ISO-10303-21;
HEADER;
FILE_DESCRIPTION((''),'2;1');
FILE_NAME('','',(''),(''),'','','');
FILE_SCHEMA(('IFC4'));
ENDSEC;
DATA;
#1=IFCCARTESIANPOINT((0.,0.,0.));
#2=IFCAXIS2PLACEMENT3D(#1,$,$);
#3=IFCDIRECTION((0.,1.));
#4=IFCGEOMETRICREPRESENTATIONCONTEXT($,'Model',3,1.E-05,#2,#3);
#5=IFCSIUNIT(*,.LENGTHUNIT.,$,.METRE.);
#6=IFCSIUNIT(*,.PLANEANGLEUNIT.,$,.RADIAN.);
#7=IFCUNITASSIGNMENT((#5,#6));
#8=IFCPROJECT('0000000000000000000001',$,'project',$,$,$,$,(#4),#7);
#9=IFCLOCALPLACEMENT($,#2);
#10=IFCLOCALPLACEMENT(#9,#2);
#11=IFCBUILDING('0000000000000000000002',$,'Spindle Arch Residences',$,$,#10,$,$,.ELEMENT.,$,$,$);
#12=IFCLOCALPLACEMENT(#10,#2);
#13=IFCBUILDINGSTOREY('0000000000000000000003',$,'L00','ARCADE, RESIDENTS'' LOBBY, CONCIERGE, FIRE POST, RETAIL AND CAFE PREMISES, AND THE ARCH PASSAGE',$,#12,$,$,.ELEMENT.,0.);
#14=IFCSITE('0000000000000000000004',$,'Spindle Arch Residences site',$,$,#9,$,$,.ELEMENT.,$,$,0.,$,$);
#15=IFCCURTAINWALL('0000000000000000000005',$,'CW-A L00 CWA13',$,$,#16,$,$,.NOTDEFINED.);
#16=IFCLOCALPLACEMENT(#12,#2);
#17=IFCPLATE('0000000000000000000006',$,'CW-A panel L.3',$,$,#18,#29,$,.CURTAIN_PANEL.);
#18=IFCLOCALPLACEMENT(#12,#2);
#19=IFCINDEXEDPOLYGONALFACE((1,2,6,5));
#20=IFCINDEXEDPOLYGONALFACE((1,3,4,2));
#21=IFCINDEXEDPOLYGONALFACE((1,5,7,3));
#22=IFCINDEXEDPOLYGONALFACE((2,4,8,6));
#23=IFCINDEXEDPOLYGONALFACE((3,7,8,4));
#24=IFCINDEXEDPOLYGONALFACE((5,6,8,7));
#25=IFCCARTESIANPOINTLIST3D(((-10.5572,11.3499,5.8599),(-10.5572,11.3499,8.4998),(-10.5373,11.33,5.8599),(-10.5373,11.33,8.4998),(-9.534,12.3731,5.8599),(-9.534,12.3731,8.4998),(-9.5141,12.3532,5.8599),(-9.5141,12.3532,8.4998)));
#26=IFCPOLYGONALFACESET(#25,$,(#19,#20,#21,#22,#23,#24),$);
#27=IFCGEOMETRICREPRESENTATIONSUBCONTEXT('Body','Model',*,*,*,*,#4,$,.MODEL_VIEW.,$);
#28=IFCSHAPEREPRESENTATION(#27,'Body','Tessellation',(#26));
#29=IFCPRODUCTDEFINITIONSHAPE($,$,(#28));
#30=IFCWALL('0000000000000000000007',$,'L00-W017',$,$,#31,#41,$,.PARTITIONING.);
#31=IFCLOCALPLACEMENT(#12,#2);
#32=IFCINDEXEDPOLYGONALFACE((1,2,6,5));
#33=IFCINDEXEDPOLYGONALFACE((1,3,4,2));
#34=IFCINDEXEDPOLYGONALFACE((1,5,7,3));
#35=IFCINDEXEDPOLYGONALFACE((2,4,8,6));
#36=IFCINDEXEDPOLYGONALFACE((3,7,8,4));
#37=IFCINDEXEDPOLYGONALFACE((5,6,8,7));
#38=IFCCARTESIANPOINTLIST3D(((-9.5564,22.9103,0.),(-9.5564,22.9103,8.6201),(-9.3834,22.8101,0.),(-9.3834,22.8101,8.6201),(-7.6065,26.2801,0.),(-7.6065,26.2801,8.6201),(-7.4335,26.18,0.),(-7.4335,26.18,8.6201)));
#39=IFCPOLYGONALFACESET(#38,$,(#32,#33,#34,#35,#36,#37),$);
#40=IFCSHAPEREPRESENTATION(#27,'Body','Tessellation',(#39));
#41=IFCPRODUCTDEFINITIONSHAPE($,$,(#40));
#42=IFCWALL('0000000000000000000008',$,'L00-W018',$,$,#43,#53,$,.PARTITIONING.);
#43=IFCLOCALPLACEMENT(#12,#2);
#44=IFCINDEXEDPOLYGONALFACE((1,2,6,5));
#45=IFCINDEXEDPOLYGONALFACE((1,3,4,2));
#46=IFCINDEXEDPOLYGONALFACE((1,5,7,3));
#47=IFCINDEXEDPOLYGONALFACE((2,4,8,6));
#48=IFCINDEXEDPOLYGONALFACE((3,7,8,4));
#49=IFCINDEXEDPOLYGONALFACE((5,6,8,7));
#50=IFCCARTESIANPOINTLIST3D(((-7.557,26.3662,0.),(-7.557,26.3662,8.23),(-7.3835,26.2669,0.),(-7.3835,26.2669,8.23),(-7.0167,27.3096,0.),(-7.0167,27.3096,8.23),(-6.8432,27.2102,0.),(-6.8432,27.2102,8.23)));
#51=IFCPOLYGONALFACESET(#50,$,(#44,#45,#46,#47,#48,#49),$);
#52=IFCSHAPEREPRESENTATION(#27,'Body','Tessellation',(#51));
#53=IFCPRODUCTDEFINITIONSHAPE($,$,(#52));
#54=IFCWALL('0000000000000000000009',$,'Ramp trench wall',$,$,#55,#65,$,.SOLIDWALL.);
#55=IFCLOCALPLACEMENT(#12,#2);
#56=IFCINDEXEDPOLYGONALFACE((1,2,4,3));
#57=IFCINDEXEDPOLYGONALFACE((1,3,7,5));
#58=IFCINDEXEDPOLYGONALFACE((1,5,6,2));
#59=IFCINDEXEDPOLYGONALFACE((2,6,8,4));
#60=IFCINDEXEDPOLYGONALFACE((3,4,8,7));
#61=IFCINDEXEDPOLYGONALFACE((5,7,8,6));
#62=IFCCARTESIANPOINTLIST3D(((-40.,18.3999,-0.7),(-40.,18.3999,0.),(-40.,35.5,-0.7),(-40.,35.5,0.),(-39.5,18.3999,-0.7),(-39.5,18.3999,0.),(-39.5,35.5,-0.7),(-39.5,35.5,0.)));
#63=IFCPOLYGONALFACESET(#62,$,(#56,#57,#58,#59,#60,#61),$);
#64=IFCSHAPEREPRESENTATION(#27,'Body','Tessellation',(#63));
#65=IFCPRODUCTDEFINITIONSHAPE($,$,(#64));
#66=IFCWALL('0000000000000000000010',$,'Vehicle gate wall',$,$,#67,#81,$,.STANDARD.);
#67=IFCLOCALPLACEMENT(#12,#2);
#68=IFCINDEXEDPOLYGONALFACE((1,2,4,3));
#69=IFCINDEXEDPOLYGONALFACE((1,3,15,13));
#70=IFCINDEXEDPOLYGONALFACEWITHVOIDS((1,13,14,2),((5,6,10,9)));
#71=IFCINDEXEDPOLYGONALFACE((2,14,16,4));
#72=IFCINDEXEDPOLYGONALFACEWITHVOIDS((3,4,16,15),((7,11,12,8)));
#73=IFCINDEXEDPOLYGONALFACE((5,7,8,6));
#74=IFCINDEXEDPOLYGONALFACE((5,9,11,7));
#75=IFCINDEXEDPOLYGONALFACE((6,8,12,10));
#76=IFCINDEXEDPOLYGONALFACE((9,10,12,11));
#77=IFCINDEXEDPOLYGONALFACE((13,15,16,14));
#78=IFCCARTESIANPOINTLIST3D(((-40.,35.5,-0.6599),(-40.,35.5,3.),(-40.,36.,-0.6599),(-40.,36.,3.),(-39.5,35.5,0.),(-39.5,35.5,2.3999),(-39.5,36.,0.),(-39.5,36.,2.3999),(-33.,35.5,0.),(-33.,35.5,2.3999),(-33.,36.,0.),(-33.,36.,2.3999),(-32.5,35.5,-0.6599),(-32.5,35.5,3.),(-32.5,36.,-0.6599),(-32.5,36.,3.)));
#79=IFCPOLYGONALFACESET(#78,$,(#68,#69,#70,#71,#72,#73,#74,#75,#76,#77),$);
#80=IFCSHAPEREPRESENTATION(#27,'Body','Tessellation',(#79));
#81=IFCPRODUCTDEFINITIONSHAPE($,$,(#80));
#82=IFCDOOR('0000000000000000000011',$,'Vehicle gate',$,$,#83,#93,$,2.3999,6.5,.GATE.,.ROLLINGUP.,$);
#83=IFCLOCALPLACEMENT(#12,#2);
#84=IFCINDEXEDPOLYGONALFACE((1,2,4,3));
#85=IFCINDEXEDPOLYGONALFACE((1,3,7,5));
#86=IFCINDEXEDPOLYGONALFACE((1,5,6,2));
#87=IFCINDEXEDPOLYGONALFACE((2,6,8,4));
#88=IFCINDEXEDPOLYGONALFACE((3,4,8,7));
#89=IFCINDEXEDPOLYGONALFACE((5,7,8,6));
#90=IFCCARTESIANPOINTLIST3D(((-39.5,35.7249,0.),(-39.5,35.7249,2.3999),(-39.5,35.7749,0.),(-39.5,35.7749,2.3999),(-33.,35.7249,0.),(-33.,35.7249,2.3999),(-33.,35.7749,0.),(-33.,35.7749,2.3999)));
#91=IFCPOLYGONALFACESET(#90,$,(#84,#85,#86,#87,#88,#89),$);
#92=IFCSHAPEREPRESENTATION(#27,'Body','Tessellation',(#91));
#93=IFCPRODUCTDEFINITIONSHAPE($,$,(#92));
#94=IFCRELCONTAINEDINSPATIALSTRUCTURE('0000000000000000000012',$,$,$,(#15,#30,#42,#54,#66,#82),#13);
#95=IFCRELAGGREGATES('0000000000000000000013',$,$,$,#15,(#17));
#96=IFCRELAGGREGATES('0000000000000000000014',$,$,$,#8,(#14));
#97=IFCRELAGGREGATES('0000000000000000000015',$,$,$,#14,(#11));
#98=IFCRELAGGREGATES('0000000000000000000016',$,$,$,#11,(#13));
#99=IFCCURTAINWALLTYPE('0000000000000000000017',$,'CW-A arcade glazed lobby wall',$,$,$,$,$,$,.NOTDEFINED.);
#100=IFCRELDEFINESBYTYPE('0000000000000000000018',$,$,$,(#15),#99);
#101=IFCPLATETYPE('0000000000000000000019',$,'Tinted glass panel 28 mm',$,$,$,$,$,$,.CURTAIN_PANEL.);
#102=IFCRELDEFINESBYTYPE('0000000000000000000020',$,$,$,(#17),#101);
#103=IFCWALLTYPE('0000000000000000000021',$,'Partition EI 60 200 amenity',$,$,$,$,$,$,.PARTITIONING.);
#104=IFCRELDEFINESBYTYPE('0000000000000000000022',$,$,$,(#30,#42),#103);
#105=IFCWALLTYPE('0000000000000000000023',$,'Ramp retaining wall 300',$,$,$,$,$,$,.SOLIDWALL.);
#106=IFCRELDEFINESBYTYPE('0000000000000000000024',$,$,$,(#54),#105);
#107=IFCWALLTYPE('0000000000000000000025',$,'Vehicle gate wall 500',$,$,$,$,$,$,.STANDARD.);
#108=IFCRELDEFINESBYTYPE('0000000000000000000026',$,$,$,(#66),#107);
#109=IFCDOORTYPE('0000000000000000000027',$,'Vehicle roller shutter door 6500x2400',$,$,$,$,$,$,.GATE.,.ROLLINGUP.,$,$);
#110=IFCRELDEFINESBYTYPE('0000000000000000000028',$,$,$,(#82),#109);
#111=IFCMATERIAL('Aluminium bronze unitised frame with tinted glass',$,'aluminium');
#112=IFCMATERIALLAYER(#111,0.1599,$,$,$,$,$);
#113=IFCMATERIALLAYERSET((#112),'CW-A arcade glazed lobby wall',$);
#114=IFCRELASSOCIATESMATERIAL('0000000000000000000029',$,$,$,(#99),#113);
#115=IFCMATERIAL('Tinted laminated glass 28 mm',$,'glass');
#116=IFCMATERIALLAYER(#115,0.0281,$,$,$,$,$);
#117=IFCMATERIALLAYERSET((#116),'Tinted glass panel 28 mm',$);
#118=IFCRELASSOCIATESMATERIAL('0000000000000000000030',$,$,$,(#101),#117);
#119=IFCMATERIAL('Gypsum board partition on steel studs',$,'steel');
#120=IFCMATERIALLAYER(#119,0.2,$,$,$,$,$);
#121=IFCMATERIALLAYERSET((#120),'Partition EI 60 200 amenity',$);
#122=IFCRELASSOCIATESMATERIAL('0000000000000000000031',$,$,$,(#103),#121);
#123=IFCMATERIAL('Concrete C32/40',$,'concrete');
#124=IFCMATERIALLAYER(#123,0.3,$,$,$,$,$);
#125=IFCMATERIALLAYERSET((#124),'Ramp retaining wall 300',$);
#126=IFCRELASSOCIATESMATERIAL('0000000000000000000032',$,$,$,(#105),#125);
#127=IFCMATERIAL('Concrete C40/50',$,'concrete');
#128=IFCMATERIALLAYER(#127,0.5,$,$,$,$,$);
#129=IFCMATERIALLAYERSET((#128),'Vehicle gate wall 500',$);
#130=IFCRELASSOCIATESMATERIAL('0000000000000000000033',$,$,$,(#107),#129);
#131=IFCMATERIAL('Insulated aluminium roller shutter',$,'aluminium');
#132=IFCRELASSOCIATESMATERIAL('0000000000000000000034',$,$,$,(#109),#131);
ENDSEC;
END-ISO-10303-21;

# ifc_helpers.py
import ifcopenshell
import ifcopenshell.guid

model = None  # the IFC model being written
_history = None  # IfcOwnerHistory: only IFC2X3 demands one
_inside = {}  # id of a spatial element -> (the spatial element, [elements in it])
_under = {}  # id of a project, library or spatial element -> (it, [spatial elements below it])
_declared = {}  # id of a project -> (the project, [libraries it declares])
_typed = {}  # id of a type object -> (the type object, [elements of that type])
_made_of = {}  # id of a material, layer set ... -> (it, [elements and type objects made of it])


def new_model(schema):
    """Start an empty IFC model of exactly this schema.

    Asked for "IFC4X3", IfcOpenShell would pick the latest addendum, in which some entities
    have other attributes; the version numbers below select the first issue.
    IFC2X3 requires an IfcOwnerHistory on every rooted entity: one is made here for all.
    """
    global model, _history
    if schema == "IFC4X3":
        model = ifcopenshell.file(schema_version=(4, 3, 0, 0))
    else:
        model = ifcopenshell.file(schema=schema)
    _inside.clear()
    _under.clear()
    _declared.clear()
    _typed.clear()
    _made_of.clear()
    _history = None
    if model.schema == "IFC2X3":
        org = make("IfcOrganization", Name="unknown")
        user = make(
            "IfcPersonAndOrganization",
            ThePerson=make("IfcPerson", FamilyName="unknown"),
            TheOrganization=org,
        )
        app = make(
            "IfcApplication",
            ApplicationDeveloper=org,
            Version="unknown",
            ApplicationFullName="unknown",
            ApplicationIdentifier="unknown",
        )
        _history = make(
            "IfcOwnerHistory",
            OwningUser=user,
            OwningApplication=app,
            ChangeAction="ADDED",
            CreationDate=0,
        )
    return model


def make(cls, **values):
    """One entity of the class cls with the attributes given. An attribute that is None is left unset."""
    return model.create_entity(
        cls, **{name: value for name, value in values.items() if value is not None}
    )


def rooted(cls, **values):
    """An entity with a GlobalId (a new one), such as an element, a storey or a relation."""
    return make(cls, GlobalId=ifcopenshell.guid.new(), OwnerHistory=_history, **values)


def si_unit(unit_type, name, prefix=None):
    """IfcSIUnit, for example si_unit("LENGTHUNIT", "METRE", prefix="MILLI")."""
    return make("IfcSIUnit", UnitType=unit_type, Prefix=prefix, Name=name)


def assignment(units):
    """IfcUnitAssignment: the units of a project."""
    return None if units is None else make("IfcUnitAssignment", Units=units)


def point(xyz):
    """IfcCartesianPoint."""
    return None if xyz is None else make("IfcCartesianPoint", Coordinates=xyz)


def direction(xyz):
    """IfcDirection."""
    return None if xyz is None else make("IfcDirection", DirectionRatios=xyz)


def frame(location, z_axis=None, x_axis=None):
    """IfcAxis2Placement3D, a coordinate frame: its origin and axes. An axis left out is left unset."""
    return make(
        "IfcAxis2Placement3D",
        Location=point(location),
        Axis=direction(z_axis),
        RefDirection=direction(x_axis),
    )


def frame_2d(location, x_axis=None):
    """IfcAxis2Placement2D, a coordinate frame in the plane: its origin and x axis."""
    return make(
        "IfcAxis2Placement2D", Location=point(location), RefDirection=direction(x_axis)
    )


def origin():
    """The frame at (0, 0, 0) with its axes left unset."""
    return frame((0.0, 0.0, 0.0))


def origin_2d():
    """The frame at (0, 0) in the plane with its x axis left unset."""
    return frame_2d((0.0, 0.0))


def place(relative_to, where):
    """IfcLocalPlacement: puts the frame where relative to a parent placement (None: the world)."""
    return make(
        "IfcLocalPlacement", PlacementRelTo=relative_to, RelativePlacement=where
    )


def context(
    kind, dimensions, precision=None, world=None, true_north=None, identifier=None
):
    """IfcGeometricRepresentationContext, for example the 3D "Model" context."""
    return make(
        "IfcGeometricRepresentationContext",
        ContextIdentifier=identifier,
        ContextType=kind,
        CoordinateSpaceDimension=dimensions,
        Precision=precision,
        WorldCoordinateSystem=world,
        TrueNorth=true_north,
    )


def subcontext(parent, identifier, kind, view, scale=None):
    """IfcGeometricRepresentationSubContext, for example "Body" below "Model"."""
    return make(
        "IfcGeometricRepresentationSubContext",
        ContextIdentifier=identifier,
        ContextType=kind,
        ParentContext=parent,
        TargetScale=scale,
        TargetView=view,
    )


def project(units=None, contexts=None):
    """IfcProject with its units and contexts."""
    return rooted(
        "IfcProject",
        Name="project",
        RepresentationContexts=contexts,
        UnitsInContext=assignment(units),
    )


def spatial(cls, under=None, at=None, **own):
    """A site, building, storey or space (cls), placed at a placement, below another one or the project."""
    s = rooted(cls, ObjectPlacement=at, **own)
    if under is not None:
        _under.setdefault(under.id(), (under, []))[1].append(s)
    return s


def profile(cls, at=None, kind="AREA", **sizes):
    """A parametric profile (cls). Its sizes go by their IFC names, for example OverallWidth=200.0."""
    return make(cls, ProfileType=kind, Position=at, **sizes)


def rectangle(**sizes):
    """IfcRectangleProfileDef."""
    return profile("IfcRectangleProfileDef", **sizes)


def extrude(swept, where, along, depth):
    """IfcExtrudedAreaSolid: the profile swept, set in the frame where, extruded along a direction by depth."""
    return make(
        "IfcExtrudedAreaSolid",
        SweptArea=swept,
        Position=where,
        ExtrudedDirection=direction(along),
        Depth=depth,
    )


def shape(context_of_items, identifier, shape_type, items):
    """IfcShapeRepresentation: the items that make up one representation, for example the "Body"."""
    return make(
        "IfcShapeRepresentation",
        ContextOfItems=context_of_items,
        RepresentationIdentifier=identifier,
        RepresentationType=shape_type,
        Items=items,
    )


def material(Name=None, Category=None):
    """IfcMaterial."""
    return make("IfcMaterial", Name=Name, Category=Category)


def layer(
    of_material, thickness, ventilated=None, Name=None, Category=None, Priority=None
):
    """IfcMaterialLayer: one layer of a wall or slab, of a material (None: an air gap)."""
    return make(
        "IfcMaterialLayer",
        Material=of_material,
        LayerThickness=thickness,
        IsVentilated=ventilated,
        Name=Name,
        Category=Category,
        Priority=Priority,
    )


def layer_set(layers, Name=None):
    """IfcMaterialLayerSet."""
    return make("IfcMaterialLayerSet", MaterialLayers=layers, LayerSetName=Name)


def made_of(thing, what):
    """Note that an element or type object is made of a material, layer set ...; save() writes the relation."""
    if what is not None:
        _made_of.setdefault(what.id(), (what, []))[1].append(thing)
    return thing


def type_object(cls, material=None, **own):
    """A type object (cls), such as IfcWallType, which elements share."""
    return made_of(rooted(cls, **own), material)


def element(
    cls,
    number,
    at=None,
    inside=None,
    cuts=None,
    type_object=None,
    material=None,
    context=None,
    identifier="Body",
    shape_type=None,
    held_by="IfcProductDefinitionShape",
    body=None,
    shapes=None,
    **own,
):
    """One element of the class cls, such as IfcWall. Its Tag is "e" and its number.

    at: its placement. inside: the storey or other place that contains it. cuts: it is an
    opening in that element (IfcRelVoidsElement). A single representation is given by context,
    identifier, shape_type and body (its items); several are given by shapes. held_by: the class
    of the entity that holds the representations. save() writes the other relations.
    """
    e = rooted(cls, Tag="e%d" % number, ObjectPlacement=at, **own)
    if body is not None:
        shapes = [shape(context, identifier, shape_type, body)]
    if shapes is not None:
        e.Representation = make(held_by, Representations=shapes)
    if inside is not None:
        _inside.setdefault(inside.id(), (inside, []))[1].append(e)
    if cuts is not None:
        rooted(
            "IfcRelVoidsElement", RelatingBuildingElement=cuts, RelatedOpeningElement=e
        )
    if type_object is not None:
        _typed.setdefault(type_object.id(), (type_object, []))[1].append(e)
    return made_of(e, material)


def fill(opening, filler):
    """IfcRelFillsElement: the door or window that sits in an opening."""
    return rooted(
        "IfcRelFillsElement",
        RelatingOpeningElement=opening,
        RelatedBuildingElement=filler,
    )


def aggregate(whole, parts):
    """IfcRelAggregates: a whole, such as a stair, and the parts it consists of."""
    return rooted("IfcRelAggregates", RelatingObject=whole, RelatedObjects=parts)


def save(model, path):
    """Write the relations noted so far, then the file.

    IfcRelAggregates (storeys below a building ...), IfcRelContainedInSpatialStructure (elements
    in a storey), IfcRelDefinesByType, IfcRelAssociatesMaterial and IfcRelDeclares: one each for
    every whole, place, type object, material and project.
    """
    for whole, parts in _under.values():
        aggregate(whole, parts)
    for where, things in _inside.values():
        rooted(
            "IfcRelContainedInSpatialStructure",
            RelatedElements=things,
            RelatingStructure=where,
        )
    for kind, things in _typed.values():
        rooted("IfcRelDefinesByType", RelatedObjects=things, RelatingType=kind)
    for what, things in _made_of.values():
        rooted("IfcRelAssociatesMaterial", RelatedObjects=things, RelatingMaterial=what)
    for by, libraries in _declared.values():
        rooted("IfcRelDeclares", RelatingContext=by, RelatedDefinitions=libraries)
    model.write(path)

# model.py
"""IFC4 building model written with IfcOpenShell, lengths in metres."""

from ifc_helpers import new_model, si_unit, direction, frame, frame_2d, origin, origin_2d, place, context, subcontext, project, spatial, rectangle, extrude, material, layer, layer_set, type_object, element, fill, aggregate, save


model = new_model("IFC4")

# Units and contexts
model_context = context("Model", 3, precision=1e-05, world=origin(), true_north=direction((0.0, 1.0)))
body_context = subcontext(model_context, "Body", "Model", "MODEL_VIEW")
ifc_project = project(units=[si_unit("LENGTHUNIT", "METRE"), si_unit("PLANEANGLEUNIT", "RADIAN")], contexts=[model_context])

# Site, building, storey
site_placement = place(None, origin())
site = spatial("IfcSite", under=ifc_project, at=site_placement, Name="Spindle Arch Residences site", CompositionType="ELEMENT", RefElevation=0.0)
building_placement = place(site_placement, origin())
building = spatial("IfcBuilding", under=site, at=building_placement, Name="Spindle Arch Residences", CompositionType="ELEMENT")
storey_placement = place(building_placement, origin())
storey = spatial("IfcBuildingStorey", under=building, at=storey_placement, Name="L00", Description="ARCADE, RESIDENTS' LOBBY, CONCIERGE, FIRE POST, RETAIL AND CAFE PREMISES, AND THE ARCH PASSAGE", CompositionType="ELEMENT", Elevation=0.0)

# Curtain wall
ifc_material_1 = material(Name="Aluminium bronze unitised frame with tinted glass", Category="aluminium")
ifc_layer_1 = layer(ifc_material_1, 0.1599)
ifc_layer_set_1 = layer_set([ifc_layer_1], Name="CW-A arcade glazed lobby wall")
curtain_wall_type = type_object("IfcCurtainWallType", Name="CW-A arcade glazed lobby wall", PredefinedType="NOTDEFINED", material=ifc_layer_set_1)
curtain_wall_1_placement = place(storey_placement, origin())
curtain_wall_1 = element("IfcCurtainWall", 1, at=curtain_wall_1_placement, inside=storey, type_object=curtain_wall_type, Name="CW-A L00 CWA13", PredefinedType="NOTDEFINED")

# Shared definitions
ifc_material_2 = material(Name="Tinted laminated glass 28 mm", Category="glass")
ifc_layer_2 = layer(ifc_material_2, 0.0281)
ifc_layer_set_2 = layer_set([ifc_layer_2], Name="Tinted glass panel 28 mm")
plate_type = type_object("IfcPlateType", Name="Tinted glass panel 28 mm", PredefinedType="CURTAIN_PANEL", material=ifc_layer_set_2)

# Plate
plate_1_placement = place(storey_placement, frame((-10.0356, 11.8516, 5.8599), z_axis=(0.0, 0.0, 1.0), x_axis=(-0.707107, -0.707107, 0.0)))
plate_1 = element("IfcPlate", 2, at=plate_1_placement, type_object=plate_type, Name="CW-A panel L.3", PredefinedType="CURTAIN_PANEL", context=body_context, shape_type="SweptSolid", body=[
    extrude(rectangle(XDim=1.447, YDim=0.0281, at=origin_2d()), origin(), (0.0, 0.0, 1.0), 2.6399),
])
aggregate(curtain_wall_1, [plate_1])

# Walls
ifc_material_3 = material(Name="Gypsum board partition on steel studs", Category="steel")
ifc_layer_3 = layer(ifc_material_3, 0.2)
ifc_layer_set_3 = layer_set([ifc_layer_3], Name="Partition EI 60 200 amenity")
wall_type_1 = type_object("IfcWallType", Name="Partition EI 60 200 amenity", PredefinedType="PARTITIONING", material=ifc_layer_set_3)
wall_1_placement = place(storey_placement, frame((-9.47, 22.8601, 0.0), z_axis=(0.0, 0.0, 1.0), x_axis=(0.500839, 0.865541, 0.0)))
element("IfcWall", 3, at=wall_1_placement, inside=storey, type_object=wall_type_1, Name="L00-W017", PredefinedType="PARTITIONING", context=body_context, shape_type="SweptSolid", body=[
    extrude(rectangle(XDim=3.8933, YDim=0.2, at=frame_2d((1.9468, 0.0))), origin(), (0.0, 0.0, 1.0), 8.6201),
])
wall_2_placement = place(storey_placement, frame((-7.4702, 26.3167, 0.0), z_axis=(0.0, 0.0, 1.0), x_axis=(0.496985, 0.867759, 0.0)))
element("IfcWall", 4, at=wall_2_placement, inside=storey, type_object=wall_type_1, Name="L00-W018", PredefinedType="PARTITIONING", context=body_context, shape_type="SweptSolid", body=[
    extrude(rectangle(XDim=1.0872, YDim=0.2, at=frame_2d((0.5435, 0.0))), origin(), (0.0, 0.0, 1.0), 8.23),
])
ifc_material_4 = material(Name="Concrete C32/40", Category="concrete")
ifc_layer_4 = layer(ifc_material_4, 0.3)
ifc_layer_set_4 = layer_set([ifc_layer_4], Name="Ramp retaining wall 300")
wall_type_2 = type_object("IfcWallType", Name="Ramp retaining wall 300", PredefinedType="SOLIDWALL", material=ifc_layer_set_4)
wall_3_placement = place(storey_placement, frame((-39.75, 18.3999, -0.7), z_axis=(0.0, 0.0, 1.0), x_axis=(0.0, 1.0, 0.0)))
element("IfcWall", 5, at=wall_3_placement, inside=storey, type_object=wall_type_2, Name="Ramp trench wall", PredefinedType="SOLIDWALL", context=body_context, shape_type="SweptSolid", body=[
    extrude(rectangle(XDim=17.1001, YDim=0.5, at=frame_2d((8.55, 0.0))), origin(), (0.0, 0.0, 1.0), 0.7),
])

# Wall, opening, door
ifc_material_5 = material(Name="Concrete C40/50", Category="concrete")
ifc_layer_5 = layer(ifc_material_5, 0.5)
ifc_layer_set_5 = layer_set([ifc_layer_5], Name="Vehicle gate wall 500")
wall_type_3 = type_object("IfcWallType", Name="Vehicle gate wall 500", PredefinedType="STANDARD", material=ifc_layer_set_5)
wall_4_placement = place(storey_placement, frame((-40.0, 35.75, -0.6599), z_axis=(0.0, 0.0, 1.0), x_axis=(1.0, 0.0, 0.0)))
wall_4 = element("IfcWall", 6, at=wall_4_placement, inside=storey, type_object=wall_type_3, Name="Vehicle gate wall", PredefinedType="STANDARD", context=body_context, shape_type="SweptSolid", body=[
    extrude(rectangle(XDim=7.5, YDim=0.5, at=frame_2d((3.75, 0.0))), origin(), (0.0, 0.0, 1.0), 3.6599),
])
opening_placement = place(wall_4_placement, frame((0.5, 0.0, 0.6599)))
opening = element("IfcOpeningElement", 7, at=opening_placement, cuts=wall_4, PredefinedType="OPENING", context=body_context, shape_type="SweptSolid", body=[
    extrude(rectangle(XDim=6.5, YDim=2.3999, at=frame_2d((3.25, 1.2))), frame((0.0, 0.26, 0.0), z_axis=(0.0, -1.0, 0.0), x_axis=(1.0, 0.0, 0.0)), (0.0, 0.0, 1.0), 0.52),
])
ifc_material_6 = material(Name="Insulated aluminium roller shutter", Category="aluminium")
door_type = type_object("IfcDoorType", Name="Vehicle roller shutter door 6500x2400", OperationType="ROLLINGUP", PredefinedType="GATE", material=ifc_material_6)
door_placement = place(opening_placement, origin())
door = element("IfcDoor", 8, at=door_placement, inside=storey, type_object=door_type, Name="Vehicle gate", OperationType="ROLLINGUP", OverallHeight=2.3999, OverallWidth=6.5, PredefinedType="GATE", context=body_context, shape_type="SweptSolid", body=[
    extrude(rectangle(XDim=6.5, YDim=2.3999, at=frame_2d((3.25, 1.2))), frame((0.0, 0.0249, 0.0), z_axis=(0.0, -1.0, 0.0), x_axis=(1.0, 0.0, 0.0)), (0.0, 0.0, 1.0), 0.05),
])
fill(opening, door)

save(model, "model.ifc")
